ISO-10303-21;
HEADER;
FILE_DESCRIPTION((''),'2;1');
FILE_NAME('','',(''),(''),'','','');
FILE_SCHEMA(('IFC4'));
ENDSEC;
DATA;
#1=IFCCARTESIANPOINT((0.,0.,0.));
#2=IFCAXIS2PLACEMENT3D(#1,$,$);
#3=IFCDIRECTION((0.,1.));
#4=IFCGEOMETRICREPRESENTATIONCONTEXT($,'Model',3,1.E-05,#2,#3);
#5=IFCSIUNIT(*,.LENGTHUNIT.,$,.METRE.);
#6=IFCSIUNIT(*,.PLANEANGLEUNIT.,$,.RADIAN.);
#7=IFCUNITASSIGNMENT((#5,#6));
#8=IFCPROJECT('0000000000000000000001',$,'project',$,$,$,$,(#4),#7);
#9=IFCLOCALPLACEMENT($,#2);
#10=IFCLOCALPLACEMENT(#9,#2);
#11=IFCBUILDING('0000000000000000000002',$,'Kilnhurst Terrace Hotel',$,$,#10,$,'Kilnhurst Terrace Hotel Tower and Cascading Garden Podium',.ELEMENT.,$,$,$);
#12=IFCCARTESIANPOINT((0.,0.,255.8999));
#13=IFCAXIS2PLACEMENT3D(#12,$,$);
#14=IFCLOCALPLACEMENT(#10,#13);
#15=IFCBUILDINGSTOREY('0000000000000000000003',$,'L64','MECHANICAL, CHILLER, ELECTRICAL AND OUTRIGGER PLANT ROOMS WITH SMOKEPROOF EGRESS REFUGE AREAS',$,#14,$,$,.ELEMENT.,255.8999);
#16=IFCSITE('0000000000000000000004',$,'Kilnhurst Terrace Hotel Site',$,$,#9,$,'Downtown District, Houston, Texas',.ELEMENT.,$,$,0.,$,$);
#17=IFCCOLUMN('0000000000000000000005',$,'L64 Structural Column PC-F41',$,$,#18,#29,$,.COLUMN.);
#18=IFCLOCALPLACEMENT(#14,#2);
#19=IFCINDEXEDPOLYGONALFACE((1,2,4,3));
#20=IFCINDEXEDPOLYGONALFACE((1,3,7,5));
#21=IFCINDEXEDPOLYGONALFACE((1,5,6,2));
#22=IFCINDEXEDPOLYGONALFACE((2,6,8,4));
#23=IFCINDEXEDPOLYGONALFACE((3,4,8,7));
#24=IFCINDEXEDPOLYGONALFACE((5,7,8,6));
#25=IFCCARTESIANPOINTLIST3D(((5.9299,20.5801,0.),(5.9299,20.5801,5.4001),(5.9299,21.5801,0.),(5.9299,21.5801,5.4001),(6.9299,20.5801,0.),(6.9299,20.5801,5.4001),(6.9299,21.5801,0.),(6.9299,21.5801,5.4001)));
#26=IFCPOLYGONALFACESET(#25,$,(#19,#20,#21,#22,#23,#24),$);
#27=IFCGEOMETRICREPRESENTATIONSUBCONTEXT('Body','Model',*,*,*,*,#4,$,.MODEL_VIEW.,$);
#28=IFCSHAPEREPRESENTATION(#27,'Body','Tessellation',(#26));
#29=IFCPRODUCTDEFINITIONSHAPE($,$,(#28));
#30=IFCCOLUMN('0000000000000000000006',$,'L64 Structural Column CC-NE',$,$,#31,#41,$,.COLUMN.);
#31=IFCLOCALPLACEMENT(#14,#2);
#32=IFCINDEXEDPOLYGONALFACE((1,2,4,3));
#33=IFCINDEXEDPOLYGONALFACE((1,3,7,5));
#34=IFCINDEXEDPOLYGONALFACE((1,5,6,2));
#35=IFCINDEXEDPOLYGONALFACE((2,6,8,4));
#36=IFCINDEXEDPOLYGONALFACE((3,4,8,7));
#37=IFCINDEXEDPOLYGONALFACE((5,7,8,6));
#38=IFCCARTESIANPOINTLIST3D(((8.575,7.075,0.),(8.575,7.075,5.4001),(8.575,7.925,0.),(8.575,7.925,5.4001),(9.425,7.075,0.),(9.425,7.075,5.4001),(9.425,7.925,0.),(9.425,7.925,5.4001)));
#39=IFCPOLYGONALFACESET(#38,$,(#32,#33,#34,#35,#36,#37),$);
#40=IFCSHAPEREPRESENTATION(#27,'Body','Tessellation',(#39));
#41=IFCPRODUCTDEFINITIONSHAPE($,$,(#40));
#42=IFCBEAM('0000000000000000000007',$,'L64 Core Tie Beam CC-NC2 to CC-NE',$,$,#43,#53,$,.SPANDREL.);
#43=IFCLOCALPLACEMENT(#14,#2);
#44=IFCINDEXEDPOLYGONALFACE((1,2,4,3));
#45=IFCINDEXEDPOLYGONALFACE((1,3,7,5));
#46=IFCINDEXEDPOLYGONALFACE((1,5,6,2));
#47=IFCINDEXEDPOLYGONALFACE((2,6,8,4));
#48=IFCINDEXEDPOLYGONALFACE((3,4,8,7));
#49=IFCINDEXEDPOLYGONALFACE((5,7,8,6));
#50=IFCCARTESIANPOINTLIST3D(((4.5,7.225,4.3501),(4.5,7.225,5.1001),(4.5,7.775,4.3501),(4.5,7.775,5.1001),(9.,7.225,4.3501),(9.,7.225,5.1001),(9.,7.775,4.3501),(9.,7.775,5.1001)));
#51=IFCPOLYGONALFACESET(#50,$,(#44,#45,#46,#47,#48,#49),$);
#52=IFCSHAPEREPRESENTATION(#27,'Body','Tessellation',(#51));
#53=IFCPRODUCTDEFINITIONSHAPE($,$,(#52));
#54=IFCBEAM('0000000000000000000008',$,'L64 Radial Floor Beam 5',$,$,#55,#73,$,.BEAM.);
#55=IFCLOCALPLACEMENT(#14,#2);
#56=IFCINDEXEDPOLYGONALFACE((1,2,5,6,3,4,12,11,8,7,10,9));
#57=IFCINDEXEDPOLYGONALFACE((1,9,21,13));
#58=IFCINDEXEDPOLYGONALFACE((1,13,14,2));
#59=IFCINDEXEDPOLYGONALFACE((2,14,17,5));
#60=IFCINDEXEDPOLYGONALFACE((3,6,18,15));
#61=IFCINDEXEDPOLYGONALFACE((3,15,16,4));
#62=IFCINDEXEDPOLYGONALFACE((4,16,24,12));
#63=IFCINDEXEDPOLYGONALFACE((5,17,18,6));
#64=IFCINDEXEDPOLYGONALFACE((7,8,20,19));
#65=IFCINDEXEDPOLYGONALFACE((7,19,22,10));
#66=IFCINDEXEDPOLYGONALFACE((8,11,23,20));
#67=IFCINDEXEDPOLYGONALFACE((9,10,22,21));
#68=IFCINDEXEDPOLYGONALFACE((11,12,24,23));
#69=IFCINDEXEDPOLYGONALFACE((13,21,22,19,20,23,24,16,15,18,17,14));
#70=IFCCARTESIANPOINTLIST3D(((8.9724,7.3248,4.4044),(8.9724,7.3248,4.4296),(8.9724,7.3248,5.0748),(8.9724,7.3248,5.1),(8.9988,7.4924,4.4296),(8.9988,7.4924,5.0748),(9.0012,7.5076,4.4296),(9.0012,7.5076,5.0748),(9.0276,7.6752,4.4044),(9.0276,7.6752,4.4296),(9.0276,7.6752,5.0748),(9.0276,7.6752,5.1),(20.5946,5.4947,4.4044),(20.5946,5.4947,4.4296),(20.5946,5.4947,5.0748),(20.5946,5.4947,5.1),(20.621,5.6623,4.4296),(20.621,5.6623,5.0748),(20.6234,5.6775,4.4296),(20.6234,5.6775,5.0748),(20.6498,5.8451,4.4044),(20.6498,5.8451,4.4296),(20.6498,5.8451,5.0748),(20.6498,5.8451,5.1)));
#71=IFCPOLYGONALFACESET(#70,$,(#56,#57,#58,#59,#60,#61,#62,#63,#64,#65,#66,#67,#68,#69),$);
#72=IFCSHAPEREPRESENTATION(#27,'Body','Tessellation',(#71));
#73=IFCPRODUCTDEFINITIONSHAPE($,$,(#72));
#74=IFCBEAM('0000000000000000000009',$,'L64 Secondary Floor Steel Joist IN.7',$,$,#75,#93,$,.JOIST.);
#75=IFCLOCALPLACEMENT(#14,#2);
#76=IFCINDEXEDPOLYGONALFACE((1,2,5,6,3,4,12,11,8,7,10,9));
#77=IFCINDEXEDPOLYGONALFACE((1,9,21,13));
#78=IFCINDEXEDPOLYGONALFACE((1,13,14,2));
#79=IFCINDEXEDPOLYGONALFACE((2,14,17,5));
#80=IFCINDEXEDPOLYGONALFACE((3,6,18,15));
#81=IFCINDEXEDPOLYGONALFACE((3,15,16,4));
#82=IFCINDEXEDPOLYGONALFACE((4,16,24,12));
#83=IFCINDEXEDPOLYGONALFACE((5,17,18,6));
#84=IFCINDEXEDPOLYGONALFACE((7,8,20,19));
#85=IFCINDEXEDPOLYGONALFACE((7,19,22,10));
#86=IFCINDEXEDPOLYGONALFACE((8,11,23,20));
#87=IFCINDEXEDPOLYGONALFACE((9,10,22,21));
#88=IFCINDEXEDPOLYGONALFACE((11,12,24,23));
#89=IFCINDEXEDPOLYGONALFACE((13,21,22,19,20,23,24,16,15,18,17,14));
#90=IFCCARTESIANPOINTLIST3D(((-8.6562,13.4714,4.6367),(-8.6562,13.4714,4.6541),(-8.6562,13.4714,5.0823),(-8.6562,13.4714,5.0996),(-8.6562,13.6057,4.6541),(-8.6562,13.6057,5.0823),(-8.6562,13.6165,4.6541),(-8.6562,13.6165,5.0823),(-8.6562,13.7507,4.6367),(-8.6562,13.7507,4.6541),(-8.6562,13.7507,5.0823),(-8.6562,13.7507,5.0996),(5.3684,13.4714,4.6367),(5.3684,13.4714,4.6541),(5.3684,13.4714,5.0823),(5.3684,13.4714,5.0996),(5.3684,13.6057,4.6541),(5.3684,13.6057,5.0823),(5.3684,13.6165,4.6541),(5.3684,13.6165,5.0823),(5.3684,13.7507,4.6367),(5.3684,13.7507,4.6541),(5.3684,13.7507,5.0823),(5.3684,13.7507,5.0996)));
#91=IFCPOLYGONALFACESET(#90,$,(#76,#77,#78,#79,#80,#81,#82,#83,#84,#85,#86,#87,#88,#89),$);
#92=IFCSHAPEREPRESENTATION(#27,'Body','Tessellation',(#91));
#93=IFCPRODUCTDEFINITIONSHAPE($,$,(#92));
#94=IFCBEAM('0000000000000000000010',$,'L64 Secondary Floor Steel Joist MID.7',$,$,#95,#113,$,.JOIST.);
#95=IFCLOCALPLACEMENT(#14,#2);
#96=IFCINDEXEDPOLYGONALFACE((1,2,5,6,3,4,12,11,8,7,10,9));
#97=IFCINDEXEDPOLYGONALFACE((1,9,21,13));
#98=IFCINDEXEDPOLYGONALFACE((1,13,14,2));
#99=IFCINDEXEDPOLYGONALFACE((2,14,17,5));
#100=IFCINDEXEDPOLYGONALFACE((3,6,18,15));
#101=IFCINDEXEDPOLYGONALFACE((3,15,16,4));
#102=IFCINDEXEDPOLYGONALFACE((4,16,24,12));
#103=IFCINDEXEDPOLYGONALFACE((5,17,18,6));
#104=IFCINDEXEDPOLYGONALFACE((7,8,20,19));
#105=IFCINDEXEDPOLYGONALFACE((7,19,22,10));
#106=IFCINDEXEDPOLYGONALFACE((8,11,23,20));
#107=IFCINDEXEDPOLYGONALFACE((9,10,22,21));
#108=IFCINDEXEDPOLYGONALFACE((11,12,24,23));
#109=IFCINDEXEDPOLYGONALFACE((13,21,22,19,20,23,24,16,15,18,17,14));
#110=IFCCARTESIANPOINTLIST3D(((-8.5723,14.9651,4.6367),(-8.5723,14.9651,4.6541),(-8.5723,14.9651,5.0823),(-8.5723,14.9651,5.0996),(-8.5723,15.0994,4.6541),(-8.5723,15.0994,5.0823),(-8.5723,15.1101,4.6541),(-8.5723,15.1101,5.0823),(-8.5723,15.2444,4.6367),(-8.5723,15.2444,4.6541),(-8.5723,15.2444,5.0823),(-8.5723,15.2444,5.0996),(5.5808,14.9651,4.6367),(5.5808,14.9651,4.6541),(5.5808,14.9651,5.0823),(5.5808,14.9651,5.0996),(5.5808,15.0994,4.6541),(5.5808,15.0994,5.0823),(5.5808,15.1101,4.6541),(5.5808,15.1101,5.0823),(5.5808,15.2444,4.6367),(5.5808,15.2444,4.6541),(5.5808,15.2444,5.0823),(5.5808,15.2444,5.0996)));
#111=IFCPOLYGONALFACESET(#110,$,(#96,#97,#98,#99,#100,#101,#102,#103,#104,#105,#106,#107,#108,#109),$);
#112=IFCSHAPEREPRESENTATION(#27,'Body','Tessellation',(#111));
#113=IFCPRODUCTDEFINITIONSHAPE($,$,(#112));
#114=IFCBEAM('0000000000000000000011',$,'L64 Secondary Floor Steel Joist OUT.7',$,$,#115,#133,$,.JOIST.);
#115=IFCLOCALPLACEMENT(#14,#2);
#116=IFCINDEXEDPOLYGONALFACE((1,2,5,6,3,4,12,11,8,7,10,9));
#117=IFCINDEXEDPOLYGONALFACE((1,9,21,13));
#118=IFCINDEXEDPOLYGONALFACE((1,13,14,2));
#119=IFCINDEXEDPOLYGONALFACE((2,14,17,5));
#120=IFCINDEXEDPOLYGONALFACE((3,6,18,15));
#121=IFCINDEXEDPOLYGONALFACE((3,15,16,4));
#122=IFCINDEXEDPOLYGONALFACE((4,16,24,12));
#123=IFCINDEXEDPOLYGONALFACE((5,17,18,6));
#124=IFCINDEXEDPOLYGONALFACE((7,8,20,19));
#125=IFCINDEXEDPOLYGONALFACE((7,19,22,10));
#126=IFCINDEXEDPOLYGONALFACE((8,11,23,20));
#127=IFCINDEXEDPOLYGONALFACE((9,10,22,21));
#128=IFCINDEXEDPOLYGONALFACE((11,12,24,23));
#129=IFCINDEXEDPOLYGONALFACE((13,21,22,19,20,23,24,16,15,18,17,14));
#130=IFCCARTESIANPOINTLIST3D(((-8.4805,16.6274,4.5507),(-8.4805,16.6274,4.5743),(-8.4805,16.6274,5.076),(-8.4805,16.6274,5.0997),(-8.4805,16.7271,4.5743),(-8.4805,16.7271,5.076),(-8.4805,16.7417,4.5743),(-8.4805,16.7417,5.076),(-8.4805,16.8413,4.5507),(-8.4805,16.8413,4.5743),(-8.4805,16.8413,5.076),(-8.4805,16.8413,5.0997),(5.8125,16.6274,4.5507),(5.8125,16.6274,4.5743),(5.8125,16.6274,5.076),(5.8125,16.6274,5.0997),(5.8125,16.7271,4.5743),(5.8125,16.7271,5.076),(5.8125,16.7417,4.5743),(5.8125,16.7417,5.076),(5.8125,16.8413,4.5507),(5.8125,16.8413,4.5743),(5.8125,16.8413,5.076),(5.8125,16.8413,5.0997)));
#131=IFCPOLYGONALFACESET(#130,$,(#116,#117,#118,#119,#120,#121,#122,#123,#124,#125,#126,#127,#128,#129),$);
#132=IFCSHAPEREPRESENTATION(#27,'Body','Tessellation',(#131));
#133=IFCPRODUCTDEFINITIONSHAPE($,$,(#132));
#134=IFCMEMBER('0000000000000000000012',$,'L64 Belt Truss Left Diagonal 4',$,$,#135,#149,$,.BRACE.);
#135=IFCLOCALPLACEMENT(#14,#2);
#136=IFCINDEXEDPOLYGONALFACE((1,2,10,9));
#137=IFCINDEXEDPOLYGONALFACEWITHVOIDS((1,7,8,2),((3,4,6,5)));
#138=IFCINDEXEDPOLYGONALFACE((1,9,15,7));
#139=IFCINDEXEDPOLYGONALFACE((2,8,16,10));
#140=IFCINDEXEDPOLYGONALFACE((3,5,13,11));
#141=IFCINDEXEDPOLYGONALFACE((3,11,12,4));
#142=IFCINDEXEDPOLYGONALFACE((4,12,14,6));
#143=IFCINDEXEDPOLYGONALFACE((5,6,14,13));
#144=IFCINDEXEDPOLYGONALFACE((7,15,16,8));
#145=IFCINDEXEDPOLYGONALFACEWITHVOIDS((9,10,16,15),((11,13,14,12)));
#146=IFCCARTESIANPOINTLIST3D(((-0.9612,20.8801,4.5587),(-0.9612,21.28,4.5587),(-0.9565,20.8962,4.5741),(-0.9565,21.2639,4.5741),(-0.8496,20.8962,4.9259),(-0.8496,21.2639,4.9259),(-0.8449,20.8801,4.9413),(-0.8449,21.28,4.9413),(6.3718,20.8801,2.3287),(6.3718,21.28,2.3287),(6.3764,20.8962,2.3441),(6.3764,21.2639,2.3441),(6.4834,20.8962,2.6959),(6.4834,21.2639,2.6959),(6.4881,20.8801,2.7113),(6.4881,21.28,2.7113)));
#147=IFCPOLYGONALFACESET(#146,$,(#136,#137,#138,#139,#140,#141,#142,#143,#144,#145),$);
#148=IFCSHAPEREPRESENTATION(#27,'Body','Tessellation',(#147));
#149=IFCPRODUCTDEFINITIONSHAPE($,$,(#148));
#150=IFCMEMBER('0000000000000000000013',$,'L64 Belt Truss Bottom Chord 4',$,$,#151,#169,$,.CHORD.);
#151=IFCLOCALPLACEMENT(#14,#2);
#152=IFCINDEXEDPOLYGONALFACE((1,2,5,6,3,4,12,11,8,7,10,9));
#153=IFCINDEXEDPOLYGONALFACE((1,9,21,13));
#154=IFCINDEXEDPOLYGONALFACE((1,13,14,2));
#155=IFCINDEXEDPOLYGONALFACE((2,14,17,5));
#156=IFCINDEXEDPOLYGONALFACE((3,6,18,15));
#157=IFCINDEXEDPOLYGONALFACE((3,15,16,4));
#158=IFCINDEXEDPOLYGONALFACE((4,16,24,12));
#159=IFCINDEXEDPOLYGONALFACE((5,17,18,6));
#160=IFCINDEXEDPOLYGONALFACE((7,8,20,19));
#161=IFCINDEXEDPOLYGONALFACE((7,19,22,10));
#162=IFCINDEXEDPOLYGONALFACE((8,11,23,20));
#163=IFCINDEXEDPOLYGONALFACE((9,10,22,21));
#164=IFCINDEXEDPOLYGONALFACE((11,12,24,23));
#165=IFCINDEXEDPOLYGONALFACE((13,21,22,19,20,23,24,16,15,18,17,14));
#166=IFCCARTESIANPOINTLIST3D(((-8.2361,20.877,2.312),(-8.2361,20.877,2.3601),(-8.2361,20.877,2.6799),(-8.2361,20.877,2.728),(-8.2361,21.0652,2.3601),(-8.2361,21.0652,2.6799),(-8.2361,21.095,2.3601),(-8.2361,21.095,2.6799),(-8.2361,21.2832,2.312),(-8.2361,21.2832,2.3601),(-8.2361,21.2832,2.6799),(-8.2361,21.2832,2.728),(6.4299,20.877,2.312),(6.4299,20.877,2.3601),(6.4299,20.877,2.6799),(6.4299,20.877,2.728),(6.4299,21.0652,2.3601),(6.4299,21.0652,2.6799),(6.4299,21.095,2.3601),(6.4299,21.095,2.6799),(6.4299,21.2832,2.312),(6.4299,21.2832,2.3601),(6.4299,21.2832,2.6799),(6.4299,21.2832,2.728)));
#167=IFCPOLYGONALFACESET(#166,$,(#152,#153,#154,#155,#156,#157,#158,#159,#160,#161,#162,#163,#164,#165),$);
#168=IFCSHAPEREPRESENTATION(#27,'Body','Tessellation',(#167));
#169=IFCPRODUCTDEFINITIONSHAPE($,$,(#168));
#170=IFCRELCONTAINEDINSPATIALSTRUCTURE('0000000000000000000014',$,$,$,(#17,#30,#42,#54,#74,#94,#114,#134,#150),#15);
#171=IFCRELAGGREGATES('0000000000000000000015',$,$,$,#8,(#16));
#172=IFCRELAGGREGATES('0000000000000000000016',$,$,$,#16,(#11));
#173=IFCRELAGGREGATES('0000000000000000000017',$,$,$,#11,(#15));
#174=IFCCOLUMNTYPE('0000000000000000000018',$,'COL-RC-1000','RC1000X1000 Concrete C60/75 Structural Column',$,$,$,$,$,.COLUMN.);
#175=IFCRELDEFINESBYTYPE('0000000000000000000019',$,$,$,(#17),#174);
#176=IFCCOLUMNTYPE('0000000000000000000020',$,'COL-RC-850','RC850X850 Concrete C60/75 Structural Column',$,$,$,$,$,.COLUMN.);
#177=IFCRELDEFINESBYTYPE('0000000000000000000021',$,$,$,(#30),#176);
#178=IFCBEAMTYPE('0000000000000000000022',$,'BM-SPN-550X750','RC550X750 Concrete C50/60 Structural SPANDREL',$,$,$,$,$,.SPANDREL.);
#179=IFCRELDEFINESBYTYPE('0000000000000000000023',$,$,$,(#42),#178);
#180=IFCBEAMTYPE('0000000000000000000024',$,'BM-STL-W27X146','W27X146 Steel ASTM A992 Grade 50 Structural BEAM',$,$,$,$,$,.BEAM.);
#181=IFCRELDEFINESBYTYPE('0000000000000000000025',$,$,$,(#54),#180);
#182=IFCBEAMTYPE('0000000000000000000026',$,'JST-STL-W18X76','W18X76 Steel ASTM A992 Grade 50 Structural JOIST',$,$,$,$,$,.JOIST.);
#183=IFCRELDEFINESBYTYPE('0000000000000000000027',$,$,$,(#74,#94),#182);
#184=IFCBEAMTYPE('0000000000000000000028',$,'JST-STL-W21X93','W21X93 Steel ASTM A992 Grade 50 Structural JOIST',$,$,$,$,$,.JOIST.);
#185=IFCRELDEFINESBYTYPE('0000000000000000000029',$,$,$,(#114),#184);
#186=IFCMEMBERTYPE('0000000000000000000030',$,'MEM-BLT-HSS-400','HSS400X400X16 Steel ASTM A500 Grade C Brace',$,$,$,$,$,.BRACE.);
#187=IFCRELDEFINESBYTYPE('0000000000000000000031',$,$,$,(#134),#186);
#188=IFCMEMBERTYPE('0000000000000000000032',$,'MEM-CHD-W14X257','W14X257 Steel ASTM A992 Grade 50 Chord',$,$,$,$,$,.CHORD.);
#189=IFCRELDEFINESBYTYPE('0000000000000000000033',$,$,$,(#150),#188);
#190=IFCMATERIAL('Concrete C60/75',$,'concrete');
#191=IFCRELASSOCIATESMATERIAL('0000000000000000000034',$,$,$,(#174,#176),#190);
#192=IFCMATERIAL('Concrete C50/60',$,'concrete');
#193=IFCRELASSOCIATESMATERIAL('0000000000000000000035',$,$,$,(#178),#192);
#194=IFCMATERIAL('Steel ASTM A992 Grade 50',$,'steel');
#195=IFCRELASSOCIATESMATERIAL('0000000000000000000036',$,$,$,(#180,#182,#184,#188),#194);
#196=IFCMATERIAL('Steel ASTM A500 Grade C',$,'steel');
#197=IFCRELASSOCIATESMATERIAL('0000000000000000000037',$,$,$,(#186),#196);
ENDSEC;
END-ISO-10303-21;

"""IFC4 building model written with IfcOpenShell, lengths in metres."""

from ifc_helpers import new_model, si_unit, direction, frame, origin, origin_2d, place, context, subcontext, project, spatial, rectangle, hollow_rectangle, i_section, extrude, material, material_profile, profile_set, type_object, element, save


model = new_model("IFC4")

# Units and contexts
model_context = context("Model", 3, precision=1e-05, world=origin(), true_north=direction((0.0, 1.0)))
body_context = subcontext(model_context, "Body", "Model", "MODEL_VIEW")
ifc_project = project(units=[si_unit("LENGTHUNIT", "METRE"), si_unit("PLANEANGLEUNIT", "RADIAN")], contexts=[model_context])

# Site, building, storey
site_placement = place(None, origin())
site = spatial("IfcSite", under=ifc_project, at=site_placement, Name="Kilnhurst Terrace Hotel Site", LongName="Downtown District, Houston, Texas", CompositionType="ELEMENT", RefElevation=0.0)
building_placement = place(site_placement, origin())
building = spatial("IfcBuilding", under=site, at=building_placement, Name="Kilnhurst Terrace Hotel", LongName="Kilnhurst Terrace Hotel Tower and Cascading Garden Podium", CompositionType="ELEMENT")
storey_placement = place(building_placement, frame((0.0, 0.0, 255.8999)))
storey = spatial("IfcBuildingStorey", under=building, at=storey_placement, Name="L64", Description="MECHANICAL, CHILLER, ELECTRICAL AND OUTRIGGER PLANT ROOMS WITH SMOKEPROOF EGRESS REFUGE AREAS", CompositionType="ELEMENT", Elevation=255.8999)

# Columns
ifc_material_1 = material(Name="Concrete C60/75", Category="concrete")
ifc_material_profile_1 = material_profile(ifc_material_1, rectangle(XDim=1.0, YDim=1.0, at=origin_2d()), Name="RC1000X1000")
ifc_profile_set_1 = profile_set([ifc_material_profile_1], Name="Concrete C60/75")
column_type_1 = type_object("IfcColumnType", Name="COL-RC-1000", Description="RC1000X1000 Concrete C60/75 Structural Column", PredefinedType="COLUMN", material=ifc_profile_set_1)
column_1_placement = place(storey_placement, frame((6.4299, 21.0801, 0.0), z_axis=(0.0, 0.0, 1.0), x_axis=(1.0, 0.0, 0.0)))
element("IfcColumn", 1, at=column_1_placement, inside=storey, type_object=column_type_1, Name="L64 Structural Column PC-F41", PredefinedType="COLUMN", context=body_context, shape_type="SweptSolid", body=[
    extrude(rectangle(XDim=1.0, YDim=1.0, at=origin_2d()), origin(), (0.0, 0.0, 1.0), 5.4001),
])
ifc_material_profile_2 = material_profile(ifc_material_1, rectangle(XDim=0.8501, YDim=0.8501, at=origin_2d()), Name="RC850X850")
ifc_profile_set_2 = profile_set([ifc_material_profile_2], Name="Concrete C60/75")
column_type_2 = type_object("IfcColumnType", Name="COL-RC-850", Description="RC850X850 Concrete C60/75 Structural Column", PredefinedType="COLUMN", material=ifc_profile_set_2)
column_2_placement = place(storey_placement, frame((9.0, 7.5, 0.0), z_axis=(0.0, 0.0, 1.0), x_axis=(1.0, 0.0, 0.0)))
element("IfcColumn", 2, at=column_2_placement, inside=storey, type_object=column_type_2, Name="L64 Structural Column CC-NE", PredefinedType="COLUMN", context=body_context, shape_type="SweptSolid", body=[
    extrude(rectangle(XDim=0.8501, YDim=0.8501, at=origin_2d()), origin(), (0.0, 0.0, 1.0), 5.4001),
])

# Beams
ifc_material_2 = material(Name="Concrete C50/60", Category="concrete")
ifc_material_profile_3 = material_profile(ifc_material_2, rectangle(XDim=0.55, YDim=0.75, at=origin_2d()), Name="RC550X750")
ifc_profile_set_3 = profile_set([ifc_material_profile_3], Name="Concrete C50/60")
beam_type_1 = type_object("IfcBeamType", Name="BM-SPN-550X750", Description="RC550X750 Concrete C50/60 Structural SPANDREL", PredefinedType="SPANDREL", material=ifc_profile_set_3)
beam_1_placement = place(storey_placement, frame((4.5, 7.5, 4.7251), z_axis=(1.0, 0.0, 0.0), x_axis=(0.0, 1.0, 0.0)))
element("IfcBeam", 3, at=beam_1_placement, inside=storey, type_object=beam_type_1, Name="L64 Core Tie Beam CC-NC2 to CC-NE", PredefinedType="SPANDREL", context=body_context, shape_type="SweptSolid", body=[
    extrude(rectangle(XDim=0.55, YDim=0.75, at=origin_2d()), origin(), (0.0, 0.0, 1.0), 4.5),
])
ifc_material_3 = material(Name="Steel ASTM A992 Grade 50", Category="steel")
ifc_material_profile_4 = material_profile(ifc_material_3, i_section(OverallWidth=0.3547, OverallDepth=0.6956, WebThickness=0.0154, FlangeThickness=0.0251, at=origin_2d()), Name="W27X146")
ifc_profile_set_4 = profile_set([ifc_material_profile_4], Name="Steel ASTM A992 Grade 50")
beam_type_2 = type_object("IfcBeamType", Name="BM-STL-W27X146", Description="W27X146 Steel ASTM A992 Grade 50 Structural BEAM", PredefinedType="BEAM", material=ifc_profile_set_4)
beam_2_placement = place(storey_placement, frame((9.0, 7.5, 4.7522), z_axis=(0.987828, -0.155549, 0.0), x_axis=(0.155549, 0.987828, 0.0)))
element("IfcBeam", 4, at=beam_2_placement, inside=storey, type_object=beam_type_2, Name="L64 Radial Floor Beam 5", PredefinedType="BEAM", context=body_context, shape_type="SweptSolid", body=[
    extrude(i_section(OverallWidth=0.3547, OverallDepth=0.6956, WebThickness=0.0154, FlangeThickness=0.0251, at=origin_2d()), origin(), (0.0, 0.0, 1.0), 11.7654),
])
ifc_material_profile_5 = material_profile(ifc_material_3, i_section(OverallWidth=0.2793, OverallDepth=0.4629, WebThickness=0.0107, FlangeThickness=0.0173, at=origin_2d()), Name="W18X76")
ifc_profile_set_5 = profile_set([ifc_material_profile_5], Name="Steel ASTM A992 Grade 50")
beam_type_3 = type_object("IfcBeamType", Name="JST-STL-W18X76", Description="W18X76 Steel ASTM A992 Grade 50 Structural JOIST", PredefinedType="JOIST", material=ifc_profile_set_5)
beam_3_placement = place(storey_placement, frame((5.3684, 13.6111, 4.8682), z_axis=(-1.0, 0.0, 0.0), x_axis=(0.0, -1.0, 0.0)))
element("IfcBeam", 5, at=beam_3_placement, inside=storey, type_object=beam_type_3, Name="L64 Secondary Floor Steel Joist IN.7", PredefinedType="JOIST", context=body_context, shape_type="SweptSolid", body=[
    extrude(i_section(OverallWidth=0.2793, OverallDepth=0.4629, WebThickness=0.0107, FlangeThickness=0.0173, at=origin_2d()), origin(), (0.0, 0.0, 1.0), 14.0247),
])
beam_4_placement = place(storey_placement, frame((5.5808, 15.1047, 4.8682), z_axis=(-1.0, 0.0, 0.0), x_axis=(0.0, -1.0, 0.0)))
element("IfcBeam", 6, at=beam_4_placement, inside=storey, type_object=beam_type_3, Name="L64 Secondary Floor Steel Joist MID.7", PredefinedType="JOIST", context=body_context, shape_type="SweptSolid", body=[
    extrude(i_section(OverallWidth=0.2793, OverallDepth=0.4629, WebThickness=0.0107, FlangeThickness=0.0173, at=origin_2d()), origin(), (0.0, 0.0, 1.0), 14.1531),
])
ifc_material_profile_6 = material_profile(ifc_material_3, i_section(OverallWidth=0.2139, OverallDepth=0.5491, WebThickness=0.0146, FlangeThickness=0.0237, at=origin_2d()), Name="W21X93")
ifc_profile_set_6 = profile_set([ifc_material_profile_6], Name="Steel ASTM A992 Grade 50")
beam_type_4 = type_object("IfcBeamType", Name="JST-STL-W21X93", Description="W21X93 Steel ASTM A992 Grade 50 Structural JOIST", PredefinedType="JOIST", material=ifc_profile_set_6)
beam_5_placement = place(storey_placement, frame((5.8125, 16.7344, 4.8252), z_axis=(-1.0, 0.0, 0.0), x_axis=(0.0, -1.0, 0.0)))
element("IfcBeam", 7, at=beam_5_placement, inside=storey, type_object=beam_type_4, Name="L64 Secondary Floor Steel Joist OUT.7", PredefinedType="JOIST", context=body_context, shape_type="SweptSolid", body=[
    extrude(i_section(OverallWidth=0.2139, OverallDepth=0.5491, WebThickness=0.0146, FlangeThickness=0.0237, at=origin_2d()), origin(), (0.0, 0.0, 1.0), 14.293),
])

# Members
ifc_material_4 = material(Name="Steel ASTM A500 Grade C", Category="steel")
ifc_material_profile_7 = material_profile(ifc_material_4, hollow_rectangle(XDim=0.3999, YDim=0.3999, WallThickness=0.0161, at=origin_2d()), Name="HSS400X400X16")
ifc_profile_set_7 = profile_set([ifc_material_profile_7], Name="Steel ASTM A500 Grade C")
member_type_1 = type_object("IfcMemberType", Name="MEM-BLT-HSS-400", Description="HSS400X400X16 Steel ASTM A500 Grade C Brace", PredefinedType="BRACE", material=ifc_profile_set_7)
member_1_placement = place(storey_placement, frame((6.4299, 21.0801, 2.52), z_axis=(-0.956739, 0.0, 0.290946), x_axis=(0.0, -1.0, 0.0)))
element("IfcMember", 8, at=member_1_placement, inside=storey, type_object=member_type_1, Name="L64 Belt Truss Left Diagonal 4", PredefinedType="BRACE", context=body_context, shape_type="SweptSolid", body=[
    extrude(hollow_rectangle(XDim=0.3999, YDim=0.3999, WallThickness=0.0161, at=origin_2d()), origin(), (0.0, 0.0, 1.0), 7.6646),
])
ifc_material_profile_8 = material_profile(ifc_material_3, i_section(OverallWidth=0.4062, OverallDepth=0.416, WebThickness=0.0298, FlangeThickness=0.0481, at=origin_2d()), Name="W14X257")
ifc_profile_set_8 = profile_set([ifc_material_profile_8], Name="Steel ASTM A992 Grade 50")
member_type_2 = type_object("IfcMemberType", Name="MEM-CHD-W14X257", Description="W14X257 Steel ASTM A992 Grade 50 Chord", PredefinedType="CHORD", material=ifc_profile_set_8)
member_2_placement = place(storey_placement, frame((6.4299, 21.0801, 2.52), z_axis=(-1.0, 0.0, 0.0), x_axis=(0.0, -1.0, 0.0)))
element("IfcMember", 9, at=member_2_placement, inside=storey, type_object=member_type_2, Name="L64 Belt Truss Bottom Chord 4", PredefinedType="CHORD", context=body_context, shape_type="SweptSolid", body=[
    extrude(i_section(OverallWidth=0.4062, OverallDepth=0.416, WebThickness=0.0298, FlangeThickness=0.0481, at=origin_2d()), origin(), (0.0, 0.0, 1.0), 14.666),
])

save(model, "model.ifc")
